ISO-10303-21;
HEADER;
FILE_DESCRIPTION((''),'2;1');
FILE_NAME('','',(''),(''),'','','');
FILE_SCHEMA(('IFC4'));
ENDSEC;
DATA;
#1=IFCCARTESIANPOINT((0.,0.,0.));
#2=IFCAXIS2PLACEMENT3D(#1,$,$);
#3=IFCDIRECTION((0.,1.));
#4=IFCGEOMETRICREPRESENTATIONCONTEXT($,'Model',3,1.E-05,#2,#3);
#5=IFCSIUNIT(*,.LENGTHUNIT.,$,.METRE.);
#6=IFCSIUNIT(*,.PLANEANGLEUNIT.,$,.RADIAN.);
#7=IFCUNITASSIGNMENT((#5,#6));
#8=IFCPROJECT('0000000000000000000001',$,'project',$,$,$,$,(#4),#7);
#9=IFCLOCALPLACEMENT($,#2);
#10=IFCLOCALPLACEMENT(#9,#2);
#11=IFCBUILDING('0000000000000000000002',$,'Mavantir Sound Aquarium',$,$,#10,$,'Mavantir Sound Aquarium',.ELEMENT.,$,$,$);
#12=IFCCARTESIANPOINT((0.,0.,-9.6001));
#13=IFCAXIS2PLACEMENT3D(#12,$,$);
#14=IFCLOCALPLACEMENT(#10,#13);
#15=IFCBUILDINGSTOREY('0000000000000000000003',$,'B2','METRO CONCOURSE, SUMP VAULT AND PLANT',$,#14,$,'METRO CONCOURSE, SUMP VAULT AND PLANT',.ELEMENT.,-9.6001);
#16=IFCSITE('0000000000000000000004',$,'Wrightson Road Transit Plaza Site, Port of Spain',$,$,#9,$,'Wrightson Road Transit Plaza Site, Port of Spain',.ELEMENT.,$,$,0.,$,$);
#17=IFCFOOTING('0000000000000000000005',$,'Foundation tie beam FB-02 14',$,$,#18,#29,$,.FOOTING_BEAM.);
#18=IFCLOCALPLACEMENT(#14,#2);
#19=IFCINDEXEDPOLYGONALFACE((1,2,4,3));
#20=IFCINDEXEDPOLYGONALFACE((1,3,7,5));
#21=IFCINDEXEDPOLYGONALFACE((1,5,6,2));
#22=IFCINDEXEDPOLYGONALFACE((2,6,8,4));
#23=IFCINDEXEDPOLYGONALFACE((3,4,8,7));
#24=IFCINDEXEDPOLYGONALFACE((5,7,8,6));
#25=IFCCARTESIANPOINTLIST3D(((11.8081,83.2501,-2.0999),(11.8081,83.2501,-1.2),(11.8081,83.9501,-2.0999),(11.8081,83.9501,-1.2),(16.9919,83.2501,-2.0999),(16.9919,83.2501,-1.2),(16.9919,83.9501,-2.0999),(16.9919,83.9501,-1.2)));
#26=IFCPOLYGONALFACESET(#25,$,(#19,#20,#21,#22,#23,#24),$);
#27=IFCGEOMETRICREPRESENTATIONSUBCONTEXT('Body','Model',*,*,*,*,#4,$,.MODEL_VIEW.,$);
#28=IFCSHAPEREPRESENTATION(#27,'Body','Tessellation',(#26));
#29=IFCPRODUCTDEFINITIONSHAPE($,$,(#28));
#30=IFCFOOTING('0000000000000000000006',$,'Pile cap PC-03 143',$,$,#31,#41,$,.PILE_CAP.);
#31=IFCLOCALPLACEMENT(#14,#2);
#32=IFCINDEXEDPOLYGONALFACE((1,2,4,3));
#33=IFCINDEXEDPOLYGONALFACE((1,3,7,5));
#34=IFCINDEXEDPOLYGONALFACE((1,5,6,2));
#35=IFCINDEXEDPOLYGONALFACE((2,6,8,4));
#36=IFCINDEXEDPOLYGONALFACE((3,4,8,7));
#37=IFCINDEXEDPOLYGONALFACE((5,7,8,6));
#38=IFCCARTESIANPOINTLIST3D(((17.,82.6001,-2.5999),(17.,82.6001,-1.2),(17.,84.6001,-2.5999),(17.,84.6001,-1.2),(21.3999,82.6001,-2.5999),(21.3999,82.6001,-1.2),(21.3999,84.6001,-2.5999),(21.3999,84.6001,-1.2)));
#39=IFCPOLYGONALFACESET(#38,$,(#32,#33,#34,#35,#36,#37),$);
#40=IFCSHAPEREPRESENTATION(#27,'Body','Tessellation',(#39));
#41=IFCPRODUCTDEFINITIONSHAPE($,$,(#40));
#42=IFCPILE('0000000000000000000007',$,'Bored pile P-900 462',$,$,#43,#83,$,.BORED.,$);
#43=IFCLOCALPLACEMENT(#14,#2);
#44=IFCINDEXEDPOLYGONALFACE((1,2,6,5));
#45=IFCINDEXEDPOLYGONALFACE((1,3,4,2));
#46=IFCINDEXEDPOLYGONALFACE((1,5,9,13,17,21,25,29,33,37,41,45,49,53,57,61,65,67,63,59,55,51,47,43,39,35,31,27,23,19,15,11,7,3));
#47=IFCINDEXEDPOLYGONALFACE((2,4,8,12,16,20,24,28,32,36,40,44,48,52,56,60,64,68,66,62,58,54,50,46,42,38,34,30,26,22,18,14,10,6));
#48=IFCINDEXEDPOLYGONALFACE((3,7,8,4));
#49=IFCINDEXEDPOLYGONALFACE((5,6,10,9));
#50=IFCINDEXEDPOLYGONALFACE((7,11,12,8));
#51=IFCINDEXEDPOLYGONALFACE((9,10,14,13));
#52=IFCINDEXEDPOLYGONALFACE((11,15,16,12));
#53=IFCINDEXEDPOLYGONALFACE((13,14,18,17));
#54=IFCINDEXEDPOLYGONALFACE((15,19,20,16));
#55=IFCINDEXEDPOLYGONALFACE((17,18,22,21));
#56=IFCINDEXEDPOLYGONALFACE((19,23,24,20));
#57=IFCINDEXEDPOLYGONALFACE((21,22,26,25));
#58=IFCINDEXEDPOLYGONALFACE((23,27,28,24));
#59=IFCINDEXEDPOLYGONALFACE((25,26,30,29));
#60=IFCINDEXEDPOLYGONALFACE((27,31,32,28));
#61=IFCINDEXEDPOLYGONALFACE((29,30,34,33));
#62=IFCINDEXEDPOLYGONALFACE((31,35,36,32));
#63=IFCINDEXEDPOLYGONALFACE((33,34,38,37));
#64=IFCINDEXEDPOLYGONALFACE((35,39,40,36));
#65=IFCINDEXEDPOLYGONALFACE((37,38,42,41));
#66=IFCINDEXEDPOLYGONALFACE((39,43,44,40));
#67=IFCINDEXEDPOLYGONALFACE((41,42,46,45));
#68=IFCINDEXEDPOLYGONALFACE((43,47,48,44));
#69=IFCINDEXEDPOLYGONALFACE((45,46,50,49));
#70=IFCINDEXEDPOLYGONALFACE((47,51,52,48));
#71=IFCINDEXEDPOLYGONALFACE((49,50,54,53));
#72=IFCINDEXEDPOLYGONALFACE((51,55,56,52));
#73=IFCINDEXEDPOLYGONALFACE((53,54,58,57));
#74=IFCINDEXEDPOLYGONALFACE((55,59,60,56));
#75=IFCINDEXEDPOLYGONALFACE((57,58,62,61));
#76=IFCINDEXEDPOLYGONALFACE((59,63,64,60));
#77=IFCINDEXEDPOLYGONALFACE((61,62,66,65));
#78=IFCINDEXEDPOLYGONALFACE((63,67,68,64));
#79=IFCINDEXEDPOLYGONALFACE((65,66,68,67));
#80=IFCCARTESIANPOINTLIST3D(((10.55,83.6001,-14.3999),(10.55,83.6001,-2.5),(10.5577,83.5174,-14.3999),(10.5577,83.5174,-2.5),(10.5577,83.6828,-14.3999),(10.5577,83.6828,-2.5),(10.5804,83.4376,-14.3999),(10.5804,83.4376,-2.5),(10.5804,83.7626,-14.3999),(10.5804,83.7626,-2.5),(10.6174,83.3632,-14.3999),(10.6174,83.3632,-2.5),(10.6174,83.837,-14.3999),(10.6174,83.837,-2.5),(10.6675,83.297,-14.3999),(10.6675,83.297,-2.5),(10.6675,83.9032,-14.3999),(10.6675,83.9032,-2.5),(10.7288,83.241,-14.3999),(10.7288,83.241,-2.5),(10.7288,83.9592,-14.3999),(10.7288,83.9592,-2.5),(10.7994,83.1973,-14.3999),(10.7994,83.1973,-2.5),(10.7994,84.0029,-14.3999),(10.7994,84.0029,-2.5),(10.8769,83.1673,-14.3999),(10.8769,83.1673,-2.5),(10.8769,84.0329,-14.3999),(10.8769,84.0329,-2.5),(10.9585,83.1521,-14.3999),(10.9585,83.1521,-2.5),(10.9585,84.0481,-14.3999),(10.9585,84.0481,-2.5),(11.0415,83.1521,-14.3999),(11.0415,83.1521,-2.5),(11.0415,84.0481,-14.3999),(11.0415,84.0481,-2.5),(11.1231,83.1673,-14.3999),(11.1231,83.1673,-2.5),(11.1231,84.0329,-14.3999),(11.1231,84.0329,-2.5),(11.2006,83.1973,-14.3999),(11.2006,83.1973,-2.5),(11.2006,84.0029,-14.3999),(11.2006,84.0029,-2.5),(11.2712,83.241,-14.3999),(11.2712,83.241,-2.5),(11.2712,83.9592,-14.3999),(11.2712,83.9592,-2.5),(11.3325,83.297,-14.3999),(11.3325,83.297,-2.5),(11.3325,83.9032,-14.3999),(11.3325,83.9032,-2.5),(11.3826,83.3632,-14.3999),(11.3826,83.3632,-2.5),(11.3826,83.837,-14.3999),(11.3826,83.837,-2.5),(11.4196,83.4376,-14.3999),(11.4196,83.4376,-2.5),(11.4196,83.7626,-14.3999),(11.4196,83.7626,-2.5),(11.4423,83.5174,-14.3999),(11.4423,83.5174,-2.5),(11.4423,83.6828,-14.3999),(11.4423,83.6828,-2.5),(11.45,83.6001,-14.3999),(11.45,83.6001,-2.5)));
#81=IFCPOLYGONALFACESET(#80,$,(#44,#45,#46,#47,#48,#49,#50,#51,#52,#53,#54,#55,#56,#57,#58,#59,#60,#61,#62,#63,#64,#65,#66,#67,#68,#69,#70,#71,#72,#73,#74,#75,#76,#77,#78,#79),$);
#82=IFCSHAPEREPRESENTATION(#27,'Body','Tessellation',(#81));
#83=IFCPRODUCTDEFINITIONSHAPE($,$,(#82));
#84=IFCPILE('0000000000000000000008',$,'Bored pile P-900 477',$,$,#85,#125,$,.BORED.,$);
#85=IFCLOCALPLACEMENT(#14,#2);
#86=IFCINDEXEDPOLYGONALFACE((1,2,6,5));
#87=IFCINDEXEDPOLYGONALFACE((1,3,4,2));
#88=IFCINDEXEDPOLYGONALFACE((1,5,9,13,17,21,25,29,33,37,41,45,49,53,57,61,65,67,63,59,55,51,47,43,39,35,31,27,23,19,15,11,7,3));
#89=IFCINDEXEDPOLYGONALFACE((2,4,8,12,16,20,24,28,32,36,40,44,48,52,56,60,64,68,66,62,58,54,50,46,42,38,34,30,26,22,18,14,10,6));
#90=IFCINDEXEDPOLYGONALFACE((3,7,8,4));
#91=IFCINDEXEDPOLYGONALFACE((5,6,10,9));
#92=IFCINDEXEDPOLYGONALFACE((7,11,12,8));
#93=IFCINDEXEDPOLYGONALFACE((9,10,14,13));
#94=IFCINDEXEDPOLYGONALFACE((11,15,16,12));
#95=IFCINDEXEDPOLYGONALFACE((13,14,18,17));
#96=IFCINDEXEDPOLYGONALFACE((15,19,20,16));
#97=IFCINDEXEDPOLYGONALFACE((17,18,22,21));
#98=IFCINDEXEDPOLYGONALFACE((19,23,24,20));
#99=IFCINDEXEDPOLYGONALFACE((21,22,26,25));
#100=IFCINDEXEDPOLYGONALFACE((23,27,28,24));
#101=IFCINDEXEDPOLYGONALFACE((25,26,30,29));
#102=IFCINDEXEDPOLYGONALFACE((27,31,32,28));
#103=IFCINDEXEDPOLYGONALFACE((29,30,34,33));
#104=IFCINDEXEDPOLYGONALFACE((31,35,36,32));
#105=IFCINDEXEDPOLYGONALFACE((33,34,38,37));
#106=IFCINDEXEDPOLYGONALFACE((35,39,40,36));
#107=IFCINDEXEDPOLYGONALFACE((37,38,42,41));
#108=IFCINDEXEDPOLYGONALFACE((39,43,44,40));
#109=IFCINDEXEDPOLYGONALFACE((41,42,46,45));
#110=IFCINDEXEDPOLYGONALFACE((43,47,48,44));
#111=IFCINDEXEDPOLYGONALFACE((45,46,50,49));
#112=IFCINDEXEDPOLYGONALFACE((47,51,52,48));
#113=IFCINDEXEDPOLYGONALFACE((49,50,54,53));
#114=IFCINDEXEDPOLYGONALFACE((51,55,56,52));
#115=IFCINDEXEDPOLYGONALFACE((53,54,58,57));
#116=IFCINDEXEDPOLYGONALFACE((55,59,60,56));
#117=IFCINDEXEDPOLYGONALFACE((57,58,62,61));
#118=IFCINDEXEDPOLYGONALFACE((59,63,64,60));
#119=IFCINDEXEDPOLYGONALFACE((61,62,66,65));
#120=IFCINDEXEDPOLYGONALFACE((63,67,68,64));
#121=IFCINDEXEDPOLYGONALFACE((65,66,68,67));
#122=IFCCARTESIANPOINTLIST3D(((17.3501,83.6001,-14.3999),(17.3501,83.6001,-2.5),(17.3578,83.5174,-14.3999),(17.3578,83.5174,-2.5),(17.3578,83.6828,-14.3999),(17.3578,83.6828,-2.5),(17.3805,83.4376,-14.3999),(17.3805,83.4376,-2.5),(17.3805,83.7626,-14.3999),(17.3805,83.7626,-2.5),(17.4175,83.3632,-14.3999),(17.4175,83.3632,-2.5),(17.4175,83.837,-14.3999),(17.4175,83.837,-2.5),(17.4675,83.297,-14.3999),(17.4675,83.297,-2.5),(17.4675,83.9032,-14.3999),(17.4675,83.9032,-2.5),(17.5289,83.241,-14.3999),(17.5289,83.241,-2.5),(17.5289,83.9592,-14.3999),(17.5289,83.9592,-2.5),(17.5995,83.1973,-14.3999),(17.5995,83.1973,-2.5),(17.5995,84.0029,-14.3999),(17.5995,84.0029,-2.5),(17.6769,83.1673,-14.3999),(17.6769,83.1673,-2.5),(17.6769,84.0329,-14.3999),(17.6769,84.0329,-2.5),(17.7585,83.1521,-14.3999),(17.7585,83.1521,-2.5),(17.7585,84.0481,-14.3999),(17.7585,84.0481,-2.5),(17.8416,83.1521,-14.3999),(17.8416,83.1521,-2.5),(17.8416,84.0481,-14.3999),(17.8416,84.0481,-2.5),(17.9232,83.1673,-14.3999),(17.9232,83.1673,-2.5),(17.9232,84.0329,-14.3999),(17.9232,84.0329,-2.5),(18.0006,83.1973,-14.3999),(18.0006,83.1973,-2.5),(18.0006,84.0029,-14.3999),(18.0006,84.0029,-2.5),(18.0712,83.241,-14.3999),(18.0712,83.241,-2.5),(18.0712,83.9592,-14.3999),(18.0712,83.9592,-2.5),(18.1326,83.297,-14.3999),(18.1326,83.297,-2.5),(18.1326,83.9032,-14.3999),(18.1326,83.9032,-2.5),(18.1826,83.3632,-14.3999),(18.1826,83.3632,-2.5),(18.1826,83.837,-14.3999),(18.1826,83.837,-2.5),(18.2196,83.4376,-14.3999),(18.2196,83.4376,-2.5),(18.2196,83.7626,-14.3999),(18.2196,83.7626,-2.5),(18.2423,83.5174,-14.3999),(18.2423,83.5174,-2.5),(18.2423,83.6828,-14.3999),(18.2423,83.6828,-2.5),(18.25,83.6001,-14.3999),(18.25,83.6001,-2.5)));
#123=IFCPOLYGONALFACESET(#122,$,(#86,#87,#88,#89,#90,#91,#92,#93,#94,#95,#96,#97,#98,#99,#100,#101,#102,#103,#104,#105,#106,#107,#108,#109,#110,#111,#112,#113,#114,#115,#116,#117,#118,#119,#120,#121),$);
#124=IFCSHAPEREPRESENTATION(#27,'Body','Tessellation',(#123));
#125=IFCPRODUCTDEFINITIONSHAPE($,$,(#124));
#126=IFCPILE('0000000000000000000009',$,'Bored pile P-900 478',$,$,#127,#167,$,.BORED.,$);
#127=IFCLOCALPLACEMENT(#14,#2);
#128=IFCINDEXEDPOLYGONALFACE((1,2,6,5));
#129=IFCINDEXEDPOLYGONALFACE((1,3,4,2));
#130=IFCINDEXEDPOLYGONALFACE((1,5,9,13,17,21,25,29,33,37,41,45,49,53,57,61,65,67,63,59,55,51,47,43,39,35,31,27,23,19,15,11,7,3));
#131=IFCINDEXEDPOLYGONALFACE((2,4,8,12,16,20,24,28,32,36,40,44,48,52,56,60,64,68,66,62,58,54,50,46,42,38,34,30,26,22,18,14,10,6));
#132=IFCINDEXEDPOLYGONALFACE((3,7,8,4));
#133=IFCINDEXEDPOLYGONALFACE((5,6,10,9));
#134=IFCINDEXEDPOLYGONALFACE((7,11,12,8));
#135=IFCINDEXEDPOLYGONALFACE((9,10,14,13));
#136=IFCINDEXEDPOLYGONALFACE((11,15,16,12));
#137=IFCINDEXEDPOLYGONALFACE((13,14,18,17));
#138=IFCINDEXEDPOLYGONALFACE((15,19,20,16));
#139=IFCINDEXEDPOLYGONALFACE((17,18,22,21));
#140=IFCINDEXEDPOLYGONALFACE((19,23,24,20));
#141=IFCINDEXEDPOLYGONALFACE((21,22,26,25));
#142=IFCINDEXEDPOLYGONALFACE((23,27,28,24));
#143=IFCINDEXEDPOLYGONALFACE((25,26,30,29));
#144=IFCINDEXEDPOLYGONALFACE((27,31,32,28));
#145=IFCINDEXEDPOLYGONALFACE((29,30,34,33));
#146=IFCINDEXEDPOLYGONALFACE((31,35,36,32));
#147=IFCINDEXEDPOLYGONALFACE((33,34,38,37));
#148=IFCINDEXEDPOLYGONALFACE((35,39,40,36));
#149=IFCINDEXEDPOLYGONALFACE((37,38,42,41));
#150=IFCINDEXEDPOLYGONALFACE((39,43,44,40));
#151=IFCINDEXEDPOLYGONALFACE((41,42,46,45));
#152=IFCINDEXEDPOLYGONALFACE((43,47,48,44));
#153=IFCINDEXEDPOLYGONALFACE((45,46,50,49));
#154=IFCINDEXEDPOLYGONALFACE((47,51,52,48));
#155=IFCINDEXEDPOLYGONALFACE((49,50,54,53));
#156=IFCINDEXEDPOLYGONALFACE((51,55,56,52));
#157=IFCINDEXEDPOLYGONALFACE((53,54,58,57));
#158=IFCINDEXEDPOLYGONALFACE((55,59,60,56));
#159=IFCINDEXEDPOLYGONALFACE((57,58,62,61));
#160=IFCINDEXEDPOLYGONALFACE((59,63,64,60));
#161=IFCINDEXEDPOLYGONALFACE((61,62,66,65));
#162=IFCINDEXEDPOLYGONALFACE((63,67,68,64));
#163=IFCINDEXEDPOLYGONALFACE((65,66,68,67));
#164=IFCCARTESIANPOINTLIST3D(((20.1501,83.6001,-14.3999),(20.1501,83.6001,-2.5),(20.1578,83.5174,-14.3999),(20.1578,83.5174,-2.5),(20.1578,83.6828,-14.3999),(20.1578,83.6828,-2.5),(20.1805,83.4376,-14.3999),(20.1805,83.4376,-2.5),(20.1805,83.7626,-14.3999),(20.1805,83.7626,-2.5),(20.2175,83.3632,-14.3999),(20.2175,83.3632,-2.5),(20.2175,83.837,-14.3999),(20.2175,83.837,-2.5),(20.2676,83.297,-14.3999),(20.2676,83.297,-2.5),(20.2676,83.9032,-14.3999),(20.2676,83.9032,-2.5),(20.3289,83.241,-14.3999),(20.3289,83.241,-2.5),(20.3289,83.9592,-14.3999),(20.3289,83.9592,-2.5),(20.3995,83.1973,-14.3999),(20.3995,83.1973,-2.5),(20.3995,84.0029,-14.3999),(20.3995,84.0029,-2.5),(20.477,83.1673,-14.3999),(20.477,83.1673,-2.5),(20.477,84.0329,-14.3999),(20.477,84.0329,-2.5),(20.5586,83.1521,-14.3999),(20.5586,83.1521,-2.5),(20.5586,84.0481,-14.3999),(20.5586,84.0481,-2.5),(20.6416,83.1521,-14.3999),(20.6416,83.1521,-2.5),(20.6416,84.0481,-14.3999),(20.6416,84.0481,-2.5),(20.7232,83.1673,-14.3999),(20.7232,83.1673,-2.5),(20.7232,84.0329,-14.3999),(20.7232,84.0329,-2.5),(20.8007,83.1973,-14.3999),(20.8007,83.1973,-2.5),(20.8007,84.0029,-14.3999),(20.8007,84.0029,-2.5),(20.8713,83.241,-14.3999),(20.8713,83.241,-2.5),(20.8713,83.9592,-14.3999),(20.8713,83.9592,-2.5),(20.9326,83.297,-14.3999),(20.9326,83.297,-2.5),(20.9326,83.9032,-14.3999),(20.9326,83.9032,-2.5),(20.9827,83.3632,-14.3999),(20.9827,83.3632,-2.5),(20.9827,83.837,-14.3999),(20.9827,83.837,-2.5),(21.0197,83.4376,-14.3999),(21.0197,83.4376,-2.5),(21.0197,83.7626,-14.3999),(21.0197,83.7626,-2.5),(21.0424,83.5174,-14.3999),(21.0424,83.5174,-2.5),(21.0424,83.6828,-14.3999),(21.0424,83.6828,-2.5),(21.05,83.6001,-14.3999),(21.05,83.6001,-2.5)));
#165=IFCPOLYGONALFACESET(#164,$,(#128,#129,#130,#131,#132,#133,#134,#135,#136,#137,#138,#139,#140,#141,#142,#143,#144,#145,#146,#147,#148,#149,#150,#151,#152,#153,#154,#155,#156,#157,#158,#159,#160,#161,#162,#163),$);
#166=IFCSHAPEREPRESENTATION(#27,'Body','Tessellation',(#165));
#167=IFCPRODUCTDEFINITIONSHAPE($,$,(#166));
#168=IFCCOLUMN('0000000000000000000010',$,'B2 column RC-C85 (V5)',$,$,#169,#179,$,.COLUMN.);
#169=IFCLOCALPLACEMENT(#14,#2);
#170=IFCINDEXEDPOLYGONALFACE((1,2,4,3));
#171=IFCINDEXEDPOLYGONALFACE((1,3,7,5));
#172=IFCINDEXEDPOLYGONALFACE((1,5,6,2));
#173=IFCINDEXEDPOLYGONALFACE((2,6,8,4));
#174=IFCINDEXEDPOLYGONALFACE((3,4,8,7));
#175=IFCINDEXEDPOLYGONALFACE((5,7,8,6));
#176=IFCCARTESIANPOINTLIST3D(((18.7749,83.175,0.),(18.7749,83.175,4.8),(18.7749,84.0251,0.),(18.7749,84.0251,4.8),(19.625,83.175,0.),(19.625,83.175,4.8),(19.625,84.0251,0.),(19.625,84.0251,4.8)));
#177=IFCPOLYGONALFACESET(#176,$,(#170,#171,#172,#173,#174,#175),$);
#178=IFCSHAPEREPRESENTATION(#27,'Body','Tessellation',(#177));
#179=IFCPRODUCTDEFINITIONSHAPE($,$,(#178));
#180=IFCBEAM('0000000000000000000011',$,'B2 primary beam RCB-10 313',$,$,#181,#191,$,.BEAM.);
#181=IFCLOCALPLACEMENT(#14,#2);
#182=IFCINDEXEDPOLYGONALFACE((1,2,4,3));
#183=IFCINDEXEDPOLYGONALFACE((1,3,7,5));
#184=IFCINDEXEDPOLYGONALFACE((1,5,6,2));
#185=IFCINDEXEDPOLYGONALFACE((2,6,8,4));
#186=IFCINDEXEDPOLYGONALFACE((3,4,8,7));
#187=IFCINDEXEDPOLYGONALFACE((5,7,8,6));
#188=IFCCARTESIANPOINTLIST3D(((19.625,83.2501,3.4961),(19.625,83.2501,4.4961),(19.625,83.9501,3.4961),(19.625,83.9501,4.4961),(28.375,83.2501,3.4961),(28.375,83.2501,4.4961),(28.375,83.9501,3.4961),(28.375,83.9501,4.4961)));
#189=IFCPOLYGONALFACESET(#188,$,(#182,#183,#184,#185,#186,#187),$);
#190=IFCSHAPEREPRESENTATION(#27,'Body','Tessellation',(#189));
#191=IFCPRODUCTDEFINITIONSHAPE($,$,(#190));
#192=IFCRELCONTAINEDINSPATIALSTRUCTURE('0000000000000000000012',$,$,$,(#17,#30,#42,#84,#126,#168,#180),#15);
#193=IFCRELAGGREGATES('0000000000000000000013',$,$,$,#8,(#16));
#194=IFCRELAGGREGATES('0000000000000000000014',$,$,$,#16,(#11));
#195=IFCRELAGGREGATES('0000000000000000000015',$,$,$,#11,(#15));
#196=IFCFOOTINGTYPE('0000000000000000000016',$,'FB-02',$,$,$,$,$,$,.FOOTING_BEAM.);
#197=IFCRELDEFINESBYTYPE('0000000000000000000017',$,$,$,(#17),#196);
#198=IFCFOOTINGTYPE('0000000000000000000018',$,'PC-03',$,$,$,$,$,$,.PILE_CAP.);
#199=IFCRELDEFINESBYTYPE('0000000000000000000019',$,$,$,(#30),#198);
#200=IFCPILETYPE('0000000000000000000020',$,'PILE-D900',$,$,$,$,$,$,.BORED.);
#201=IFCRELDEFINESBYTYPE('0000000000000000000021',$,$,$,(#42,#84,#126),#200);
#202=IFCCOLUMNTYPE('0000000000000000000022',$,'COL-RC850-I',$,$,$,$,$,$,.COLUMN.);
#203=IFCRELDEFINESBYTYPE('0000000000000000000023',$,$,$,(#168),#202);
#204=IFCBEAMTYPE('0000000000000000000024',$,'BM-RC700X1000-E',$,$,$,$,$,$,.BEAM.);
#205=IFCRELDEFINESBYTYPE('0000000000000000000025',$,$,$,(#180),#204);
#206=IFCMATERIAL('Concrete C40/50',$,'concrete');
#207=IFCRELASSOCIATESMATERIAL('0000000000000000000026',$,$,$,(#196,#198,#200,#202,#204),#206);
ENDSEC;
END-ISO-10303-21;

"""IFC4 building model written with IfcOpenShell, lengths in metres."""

from ifc_helpers import new_model, si_unit, direction, frame, origin, origin_2d, place, context, subcontext, project, spatial, rectangle, circle, extrude, material, material_profile, profile_set, type_object, element, save


model = new_model("IFC4")

# Units and contexts
model_context = context("Model", 3, precision=1e-05, world=origin(), true_north=direction((0.0, 1.0)))
body_context = subcontext(model_context, "Body", "Model", "MODEL_VIEW")
ifc_project = project(units=[si_unit("LENGTHUNIT", "METRE"), si_unit("PLANEANGLEUNIT", "RADIAN")], contexts=[model_context])

# Site, building, storey
site_placement = place(None, origin())
site = spatial("IfcSite", under=ifc_project, at=site_placement, Name="Wrightson Road Transit Plaza Site, Port of Spain", LongName="Wrightson Road Transit Plaza Site, Port of Spain", CompositionType="ELEMENT", RefElevation=0.0)
building_placement = place(site_placement, origin())
building = spatial("IfcBuilding", under=site, at=building_placement, Name="Mavantir Sound Aquarium", LongName="Mavantir Sound Aquarium", CompositionType="ELEMENT")
storey_placement = place(building_placement, frame((0.0, 0.0, -9.6001)))
storey = spatial("IfcBuildingStorey", under=building, at=storey_placement, Name="B2", Description="METRO CONCOURSE, SUMP VAULT AND PLANT", LongName="METRO CONCOURSE, SUMP VAULT AND PLANT", CompositionType="ELEMENT", Elevation=-9.6001)

# Footings
ifc_material_1 = material(Name="Concrete C40/50", Category="concrete")
ifc_material_profile_1 = material_profile(ifc_material_1, rectangle(XDim=0.7, YDim=0.8999, at=origin_2d()), Name="RC 700X900")
ifc_profile_set_1 = profile_set([ifc_material_profile_1], Name="Concrete C40/50")
footing_type_1 = type_object("IfcFootingType", Name="FB-02", PredefinedType="FOOTING_BEAM", material=ifc_profile_set_1)
footing_1_placement = place(storey_placement, frame((11.8081, 83.6001, -1.6499), z_axis=(1.0, 0.0, 0.0), x_axis=(0.0, 1.0, 0.0)))
element("IfcFooting", 1, at=footing_1_placement, inside=storey, type_object=footing_type_1, Name="Foundation tie beam FB-02 14", PredefinedType="FOOTING_BEAM", context=body_context, shape_type="SweptSolid", body=[
    extrude(rectangle(XDim=0.7, YDim=0.8999, at=origin_2d()), origin(), (0.0, 0.0, 1.0), 5.1838),
])
footing_type_2 = type_object("IfcFootingType", Name="PC-03", PredefinedType="PILE_CAP", material=ifc_material_1)
footing_2_placement = place(storey_placement, frame((19.2, 83.6001, -2.5999), z_axis=(0.0, 0.0, 1.0), x_axis=(1.0, 0.0, 0.0)))
element("IfcFooting", 2, at=footing_2_placement, inside=storey, type_object=footing_type_2, Name="Pile cap PC-03 143", PredefinedType="PILE_CAP", context=body_context, shape_type="SweptSolid", body=[
    extrude(rectangle(XDim=4.3999, YDim=2.0, at=origin_2d()), origin(), (0.0, 0.0, 1.0), 1.3999),
])

# Piles
ifc_material_profile_2 = material_profile(ifc_material_1, circle(Radius=0.45, at=origin_2d()), Name="PILE D900")
ifc_profile_set_2 = profile_set([ifc_material_profile_2], Name="Concrete C40/50")
pile_type = type_object("IfcPileType", Name="PILE-D900", PredefinedType="BORED", material=ifc_profile_set_2)
for number, where, z_axis, x_axis, name in (
    (3, (11.0, 83.6001, -2.5), (0.0, 0.0, -1.0), (1.0, 0.0, 0.0), "Bored pile P-900 462"),
    (4, (17.8, 83.6001, -2.5), (0.0, 0.0, -1.0), (1.0, 0.0, 0.0), "Bored pile P-900 477"),
    (5, (20.6001, 83.6001, -2.5), (0.0, 0.0, -1.0), (1.0, 0.0, 0.0), "Bored pile P-900 478"),
):
    element("IfcPile", number, at=place(storey_placement, frame(where, z_axis=z_axis, x_axis=x_axis)), inside=storey, type_object=pile_type, Name=name, PredefinedType="BORED", context=body_context, shape_type="SweptSolid", body=[
        extrude(circle(Radius=0.45, at=origin_2d()), origin(), (0.0, 0.0, 1.0), 11.8999),
    ])

# Column
ifc_material_profile_3 = material_profile(ifc_material_1, rectangle(XDim=0.8501, YDim=0.8501, at=origin_2d()), Name="RC 850X850")
ifc_profile_set_3 = profile_set([ifc_material_profile_3], Name="Concrete C40/50")
column_type = type_object("IfcColumnType", Name="COL-RC850-I", PredefinedType="COLUMN", material=ifc_profile_set_3)
column_placement = place(storey_placement, frame((19.2, 83.6001, 0.0), z_axis=(0.0, 0.0, 1.0), x_axis=(1.0, 0.0, 0.0)))
element("IfcColumn", 6, at=column_placement, inside=storey, type_object=column_type, Name="B2 column RC-C85 (V5)", PredefinedType="COLUMN", context=body_context, shape_type="SweptSolid", body=[
    extrude(rectangle(XDim=0.8501, YDim=0.8501, at=origin_2d()), origin(), (0.0, 0.0, 1.0), 4.8),
])

# Beam
ifc_material_profile_4 = material_profile(ifc_material_1, rectangle(XDim=0.7, YDim=1.0, at=origin_2d()), Name="RC 700X1000")
ifc_profile_set_4 = profile_set([ifc_material_profile_4], Name="Concrete C40/50")
beam_type_1 = type_object("IfcBeamType", Name="BM-RC700X1000-E", PredefinedType="BEAM", material=ifc_profile_set_4)
beam_1_placement = place(storey_placement, frame((19.625, 83.6001, 3.9961), z_axis=(1.0, 0.0, 0.0), x_axis=(0.0, 1.0, 0.0)))
element("IfcBeam", 7, at=beam_1_placement, inside=storey, type_object=beam_type_1, Name="B2 primary beam RCB-10 313", PredefinedType="BEAM", context=body_context, shape_type="SweptSolid", body=[
    extrude(rectangle(XDim=0.7, YDim=1.0, at=origin_2d()), origin(), (0.0, 0.0, 1.0), 8.75),
])

save(model, "model.ifc")
